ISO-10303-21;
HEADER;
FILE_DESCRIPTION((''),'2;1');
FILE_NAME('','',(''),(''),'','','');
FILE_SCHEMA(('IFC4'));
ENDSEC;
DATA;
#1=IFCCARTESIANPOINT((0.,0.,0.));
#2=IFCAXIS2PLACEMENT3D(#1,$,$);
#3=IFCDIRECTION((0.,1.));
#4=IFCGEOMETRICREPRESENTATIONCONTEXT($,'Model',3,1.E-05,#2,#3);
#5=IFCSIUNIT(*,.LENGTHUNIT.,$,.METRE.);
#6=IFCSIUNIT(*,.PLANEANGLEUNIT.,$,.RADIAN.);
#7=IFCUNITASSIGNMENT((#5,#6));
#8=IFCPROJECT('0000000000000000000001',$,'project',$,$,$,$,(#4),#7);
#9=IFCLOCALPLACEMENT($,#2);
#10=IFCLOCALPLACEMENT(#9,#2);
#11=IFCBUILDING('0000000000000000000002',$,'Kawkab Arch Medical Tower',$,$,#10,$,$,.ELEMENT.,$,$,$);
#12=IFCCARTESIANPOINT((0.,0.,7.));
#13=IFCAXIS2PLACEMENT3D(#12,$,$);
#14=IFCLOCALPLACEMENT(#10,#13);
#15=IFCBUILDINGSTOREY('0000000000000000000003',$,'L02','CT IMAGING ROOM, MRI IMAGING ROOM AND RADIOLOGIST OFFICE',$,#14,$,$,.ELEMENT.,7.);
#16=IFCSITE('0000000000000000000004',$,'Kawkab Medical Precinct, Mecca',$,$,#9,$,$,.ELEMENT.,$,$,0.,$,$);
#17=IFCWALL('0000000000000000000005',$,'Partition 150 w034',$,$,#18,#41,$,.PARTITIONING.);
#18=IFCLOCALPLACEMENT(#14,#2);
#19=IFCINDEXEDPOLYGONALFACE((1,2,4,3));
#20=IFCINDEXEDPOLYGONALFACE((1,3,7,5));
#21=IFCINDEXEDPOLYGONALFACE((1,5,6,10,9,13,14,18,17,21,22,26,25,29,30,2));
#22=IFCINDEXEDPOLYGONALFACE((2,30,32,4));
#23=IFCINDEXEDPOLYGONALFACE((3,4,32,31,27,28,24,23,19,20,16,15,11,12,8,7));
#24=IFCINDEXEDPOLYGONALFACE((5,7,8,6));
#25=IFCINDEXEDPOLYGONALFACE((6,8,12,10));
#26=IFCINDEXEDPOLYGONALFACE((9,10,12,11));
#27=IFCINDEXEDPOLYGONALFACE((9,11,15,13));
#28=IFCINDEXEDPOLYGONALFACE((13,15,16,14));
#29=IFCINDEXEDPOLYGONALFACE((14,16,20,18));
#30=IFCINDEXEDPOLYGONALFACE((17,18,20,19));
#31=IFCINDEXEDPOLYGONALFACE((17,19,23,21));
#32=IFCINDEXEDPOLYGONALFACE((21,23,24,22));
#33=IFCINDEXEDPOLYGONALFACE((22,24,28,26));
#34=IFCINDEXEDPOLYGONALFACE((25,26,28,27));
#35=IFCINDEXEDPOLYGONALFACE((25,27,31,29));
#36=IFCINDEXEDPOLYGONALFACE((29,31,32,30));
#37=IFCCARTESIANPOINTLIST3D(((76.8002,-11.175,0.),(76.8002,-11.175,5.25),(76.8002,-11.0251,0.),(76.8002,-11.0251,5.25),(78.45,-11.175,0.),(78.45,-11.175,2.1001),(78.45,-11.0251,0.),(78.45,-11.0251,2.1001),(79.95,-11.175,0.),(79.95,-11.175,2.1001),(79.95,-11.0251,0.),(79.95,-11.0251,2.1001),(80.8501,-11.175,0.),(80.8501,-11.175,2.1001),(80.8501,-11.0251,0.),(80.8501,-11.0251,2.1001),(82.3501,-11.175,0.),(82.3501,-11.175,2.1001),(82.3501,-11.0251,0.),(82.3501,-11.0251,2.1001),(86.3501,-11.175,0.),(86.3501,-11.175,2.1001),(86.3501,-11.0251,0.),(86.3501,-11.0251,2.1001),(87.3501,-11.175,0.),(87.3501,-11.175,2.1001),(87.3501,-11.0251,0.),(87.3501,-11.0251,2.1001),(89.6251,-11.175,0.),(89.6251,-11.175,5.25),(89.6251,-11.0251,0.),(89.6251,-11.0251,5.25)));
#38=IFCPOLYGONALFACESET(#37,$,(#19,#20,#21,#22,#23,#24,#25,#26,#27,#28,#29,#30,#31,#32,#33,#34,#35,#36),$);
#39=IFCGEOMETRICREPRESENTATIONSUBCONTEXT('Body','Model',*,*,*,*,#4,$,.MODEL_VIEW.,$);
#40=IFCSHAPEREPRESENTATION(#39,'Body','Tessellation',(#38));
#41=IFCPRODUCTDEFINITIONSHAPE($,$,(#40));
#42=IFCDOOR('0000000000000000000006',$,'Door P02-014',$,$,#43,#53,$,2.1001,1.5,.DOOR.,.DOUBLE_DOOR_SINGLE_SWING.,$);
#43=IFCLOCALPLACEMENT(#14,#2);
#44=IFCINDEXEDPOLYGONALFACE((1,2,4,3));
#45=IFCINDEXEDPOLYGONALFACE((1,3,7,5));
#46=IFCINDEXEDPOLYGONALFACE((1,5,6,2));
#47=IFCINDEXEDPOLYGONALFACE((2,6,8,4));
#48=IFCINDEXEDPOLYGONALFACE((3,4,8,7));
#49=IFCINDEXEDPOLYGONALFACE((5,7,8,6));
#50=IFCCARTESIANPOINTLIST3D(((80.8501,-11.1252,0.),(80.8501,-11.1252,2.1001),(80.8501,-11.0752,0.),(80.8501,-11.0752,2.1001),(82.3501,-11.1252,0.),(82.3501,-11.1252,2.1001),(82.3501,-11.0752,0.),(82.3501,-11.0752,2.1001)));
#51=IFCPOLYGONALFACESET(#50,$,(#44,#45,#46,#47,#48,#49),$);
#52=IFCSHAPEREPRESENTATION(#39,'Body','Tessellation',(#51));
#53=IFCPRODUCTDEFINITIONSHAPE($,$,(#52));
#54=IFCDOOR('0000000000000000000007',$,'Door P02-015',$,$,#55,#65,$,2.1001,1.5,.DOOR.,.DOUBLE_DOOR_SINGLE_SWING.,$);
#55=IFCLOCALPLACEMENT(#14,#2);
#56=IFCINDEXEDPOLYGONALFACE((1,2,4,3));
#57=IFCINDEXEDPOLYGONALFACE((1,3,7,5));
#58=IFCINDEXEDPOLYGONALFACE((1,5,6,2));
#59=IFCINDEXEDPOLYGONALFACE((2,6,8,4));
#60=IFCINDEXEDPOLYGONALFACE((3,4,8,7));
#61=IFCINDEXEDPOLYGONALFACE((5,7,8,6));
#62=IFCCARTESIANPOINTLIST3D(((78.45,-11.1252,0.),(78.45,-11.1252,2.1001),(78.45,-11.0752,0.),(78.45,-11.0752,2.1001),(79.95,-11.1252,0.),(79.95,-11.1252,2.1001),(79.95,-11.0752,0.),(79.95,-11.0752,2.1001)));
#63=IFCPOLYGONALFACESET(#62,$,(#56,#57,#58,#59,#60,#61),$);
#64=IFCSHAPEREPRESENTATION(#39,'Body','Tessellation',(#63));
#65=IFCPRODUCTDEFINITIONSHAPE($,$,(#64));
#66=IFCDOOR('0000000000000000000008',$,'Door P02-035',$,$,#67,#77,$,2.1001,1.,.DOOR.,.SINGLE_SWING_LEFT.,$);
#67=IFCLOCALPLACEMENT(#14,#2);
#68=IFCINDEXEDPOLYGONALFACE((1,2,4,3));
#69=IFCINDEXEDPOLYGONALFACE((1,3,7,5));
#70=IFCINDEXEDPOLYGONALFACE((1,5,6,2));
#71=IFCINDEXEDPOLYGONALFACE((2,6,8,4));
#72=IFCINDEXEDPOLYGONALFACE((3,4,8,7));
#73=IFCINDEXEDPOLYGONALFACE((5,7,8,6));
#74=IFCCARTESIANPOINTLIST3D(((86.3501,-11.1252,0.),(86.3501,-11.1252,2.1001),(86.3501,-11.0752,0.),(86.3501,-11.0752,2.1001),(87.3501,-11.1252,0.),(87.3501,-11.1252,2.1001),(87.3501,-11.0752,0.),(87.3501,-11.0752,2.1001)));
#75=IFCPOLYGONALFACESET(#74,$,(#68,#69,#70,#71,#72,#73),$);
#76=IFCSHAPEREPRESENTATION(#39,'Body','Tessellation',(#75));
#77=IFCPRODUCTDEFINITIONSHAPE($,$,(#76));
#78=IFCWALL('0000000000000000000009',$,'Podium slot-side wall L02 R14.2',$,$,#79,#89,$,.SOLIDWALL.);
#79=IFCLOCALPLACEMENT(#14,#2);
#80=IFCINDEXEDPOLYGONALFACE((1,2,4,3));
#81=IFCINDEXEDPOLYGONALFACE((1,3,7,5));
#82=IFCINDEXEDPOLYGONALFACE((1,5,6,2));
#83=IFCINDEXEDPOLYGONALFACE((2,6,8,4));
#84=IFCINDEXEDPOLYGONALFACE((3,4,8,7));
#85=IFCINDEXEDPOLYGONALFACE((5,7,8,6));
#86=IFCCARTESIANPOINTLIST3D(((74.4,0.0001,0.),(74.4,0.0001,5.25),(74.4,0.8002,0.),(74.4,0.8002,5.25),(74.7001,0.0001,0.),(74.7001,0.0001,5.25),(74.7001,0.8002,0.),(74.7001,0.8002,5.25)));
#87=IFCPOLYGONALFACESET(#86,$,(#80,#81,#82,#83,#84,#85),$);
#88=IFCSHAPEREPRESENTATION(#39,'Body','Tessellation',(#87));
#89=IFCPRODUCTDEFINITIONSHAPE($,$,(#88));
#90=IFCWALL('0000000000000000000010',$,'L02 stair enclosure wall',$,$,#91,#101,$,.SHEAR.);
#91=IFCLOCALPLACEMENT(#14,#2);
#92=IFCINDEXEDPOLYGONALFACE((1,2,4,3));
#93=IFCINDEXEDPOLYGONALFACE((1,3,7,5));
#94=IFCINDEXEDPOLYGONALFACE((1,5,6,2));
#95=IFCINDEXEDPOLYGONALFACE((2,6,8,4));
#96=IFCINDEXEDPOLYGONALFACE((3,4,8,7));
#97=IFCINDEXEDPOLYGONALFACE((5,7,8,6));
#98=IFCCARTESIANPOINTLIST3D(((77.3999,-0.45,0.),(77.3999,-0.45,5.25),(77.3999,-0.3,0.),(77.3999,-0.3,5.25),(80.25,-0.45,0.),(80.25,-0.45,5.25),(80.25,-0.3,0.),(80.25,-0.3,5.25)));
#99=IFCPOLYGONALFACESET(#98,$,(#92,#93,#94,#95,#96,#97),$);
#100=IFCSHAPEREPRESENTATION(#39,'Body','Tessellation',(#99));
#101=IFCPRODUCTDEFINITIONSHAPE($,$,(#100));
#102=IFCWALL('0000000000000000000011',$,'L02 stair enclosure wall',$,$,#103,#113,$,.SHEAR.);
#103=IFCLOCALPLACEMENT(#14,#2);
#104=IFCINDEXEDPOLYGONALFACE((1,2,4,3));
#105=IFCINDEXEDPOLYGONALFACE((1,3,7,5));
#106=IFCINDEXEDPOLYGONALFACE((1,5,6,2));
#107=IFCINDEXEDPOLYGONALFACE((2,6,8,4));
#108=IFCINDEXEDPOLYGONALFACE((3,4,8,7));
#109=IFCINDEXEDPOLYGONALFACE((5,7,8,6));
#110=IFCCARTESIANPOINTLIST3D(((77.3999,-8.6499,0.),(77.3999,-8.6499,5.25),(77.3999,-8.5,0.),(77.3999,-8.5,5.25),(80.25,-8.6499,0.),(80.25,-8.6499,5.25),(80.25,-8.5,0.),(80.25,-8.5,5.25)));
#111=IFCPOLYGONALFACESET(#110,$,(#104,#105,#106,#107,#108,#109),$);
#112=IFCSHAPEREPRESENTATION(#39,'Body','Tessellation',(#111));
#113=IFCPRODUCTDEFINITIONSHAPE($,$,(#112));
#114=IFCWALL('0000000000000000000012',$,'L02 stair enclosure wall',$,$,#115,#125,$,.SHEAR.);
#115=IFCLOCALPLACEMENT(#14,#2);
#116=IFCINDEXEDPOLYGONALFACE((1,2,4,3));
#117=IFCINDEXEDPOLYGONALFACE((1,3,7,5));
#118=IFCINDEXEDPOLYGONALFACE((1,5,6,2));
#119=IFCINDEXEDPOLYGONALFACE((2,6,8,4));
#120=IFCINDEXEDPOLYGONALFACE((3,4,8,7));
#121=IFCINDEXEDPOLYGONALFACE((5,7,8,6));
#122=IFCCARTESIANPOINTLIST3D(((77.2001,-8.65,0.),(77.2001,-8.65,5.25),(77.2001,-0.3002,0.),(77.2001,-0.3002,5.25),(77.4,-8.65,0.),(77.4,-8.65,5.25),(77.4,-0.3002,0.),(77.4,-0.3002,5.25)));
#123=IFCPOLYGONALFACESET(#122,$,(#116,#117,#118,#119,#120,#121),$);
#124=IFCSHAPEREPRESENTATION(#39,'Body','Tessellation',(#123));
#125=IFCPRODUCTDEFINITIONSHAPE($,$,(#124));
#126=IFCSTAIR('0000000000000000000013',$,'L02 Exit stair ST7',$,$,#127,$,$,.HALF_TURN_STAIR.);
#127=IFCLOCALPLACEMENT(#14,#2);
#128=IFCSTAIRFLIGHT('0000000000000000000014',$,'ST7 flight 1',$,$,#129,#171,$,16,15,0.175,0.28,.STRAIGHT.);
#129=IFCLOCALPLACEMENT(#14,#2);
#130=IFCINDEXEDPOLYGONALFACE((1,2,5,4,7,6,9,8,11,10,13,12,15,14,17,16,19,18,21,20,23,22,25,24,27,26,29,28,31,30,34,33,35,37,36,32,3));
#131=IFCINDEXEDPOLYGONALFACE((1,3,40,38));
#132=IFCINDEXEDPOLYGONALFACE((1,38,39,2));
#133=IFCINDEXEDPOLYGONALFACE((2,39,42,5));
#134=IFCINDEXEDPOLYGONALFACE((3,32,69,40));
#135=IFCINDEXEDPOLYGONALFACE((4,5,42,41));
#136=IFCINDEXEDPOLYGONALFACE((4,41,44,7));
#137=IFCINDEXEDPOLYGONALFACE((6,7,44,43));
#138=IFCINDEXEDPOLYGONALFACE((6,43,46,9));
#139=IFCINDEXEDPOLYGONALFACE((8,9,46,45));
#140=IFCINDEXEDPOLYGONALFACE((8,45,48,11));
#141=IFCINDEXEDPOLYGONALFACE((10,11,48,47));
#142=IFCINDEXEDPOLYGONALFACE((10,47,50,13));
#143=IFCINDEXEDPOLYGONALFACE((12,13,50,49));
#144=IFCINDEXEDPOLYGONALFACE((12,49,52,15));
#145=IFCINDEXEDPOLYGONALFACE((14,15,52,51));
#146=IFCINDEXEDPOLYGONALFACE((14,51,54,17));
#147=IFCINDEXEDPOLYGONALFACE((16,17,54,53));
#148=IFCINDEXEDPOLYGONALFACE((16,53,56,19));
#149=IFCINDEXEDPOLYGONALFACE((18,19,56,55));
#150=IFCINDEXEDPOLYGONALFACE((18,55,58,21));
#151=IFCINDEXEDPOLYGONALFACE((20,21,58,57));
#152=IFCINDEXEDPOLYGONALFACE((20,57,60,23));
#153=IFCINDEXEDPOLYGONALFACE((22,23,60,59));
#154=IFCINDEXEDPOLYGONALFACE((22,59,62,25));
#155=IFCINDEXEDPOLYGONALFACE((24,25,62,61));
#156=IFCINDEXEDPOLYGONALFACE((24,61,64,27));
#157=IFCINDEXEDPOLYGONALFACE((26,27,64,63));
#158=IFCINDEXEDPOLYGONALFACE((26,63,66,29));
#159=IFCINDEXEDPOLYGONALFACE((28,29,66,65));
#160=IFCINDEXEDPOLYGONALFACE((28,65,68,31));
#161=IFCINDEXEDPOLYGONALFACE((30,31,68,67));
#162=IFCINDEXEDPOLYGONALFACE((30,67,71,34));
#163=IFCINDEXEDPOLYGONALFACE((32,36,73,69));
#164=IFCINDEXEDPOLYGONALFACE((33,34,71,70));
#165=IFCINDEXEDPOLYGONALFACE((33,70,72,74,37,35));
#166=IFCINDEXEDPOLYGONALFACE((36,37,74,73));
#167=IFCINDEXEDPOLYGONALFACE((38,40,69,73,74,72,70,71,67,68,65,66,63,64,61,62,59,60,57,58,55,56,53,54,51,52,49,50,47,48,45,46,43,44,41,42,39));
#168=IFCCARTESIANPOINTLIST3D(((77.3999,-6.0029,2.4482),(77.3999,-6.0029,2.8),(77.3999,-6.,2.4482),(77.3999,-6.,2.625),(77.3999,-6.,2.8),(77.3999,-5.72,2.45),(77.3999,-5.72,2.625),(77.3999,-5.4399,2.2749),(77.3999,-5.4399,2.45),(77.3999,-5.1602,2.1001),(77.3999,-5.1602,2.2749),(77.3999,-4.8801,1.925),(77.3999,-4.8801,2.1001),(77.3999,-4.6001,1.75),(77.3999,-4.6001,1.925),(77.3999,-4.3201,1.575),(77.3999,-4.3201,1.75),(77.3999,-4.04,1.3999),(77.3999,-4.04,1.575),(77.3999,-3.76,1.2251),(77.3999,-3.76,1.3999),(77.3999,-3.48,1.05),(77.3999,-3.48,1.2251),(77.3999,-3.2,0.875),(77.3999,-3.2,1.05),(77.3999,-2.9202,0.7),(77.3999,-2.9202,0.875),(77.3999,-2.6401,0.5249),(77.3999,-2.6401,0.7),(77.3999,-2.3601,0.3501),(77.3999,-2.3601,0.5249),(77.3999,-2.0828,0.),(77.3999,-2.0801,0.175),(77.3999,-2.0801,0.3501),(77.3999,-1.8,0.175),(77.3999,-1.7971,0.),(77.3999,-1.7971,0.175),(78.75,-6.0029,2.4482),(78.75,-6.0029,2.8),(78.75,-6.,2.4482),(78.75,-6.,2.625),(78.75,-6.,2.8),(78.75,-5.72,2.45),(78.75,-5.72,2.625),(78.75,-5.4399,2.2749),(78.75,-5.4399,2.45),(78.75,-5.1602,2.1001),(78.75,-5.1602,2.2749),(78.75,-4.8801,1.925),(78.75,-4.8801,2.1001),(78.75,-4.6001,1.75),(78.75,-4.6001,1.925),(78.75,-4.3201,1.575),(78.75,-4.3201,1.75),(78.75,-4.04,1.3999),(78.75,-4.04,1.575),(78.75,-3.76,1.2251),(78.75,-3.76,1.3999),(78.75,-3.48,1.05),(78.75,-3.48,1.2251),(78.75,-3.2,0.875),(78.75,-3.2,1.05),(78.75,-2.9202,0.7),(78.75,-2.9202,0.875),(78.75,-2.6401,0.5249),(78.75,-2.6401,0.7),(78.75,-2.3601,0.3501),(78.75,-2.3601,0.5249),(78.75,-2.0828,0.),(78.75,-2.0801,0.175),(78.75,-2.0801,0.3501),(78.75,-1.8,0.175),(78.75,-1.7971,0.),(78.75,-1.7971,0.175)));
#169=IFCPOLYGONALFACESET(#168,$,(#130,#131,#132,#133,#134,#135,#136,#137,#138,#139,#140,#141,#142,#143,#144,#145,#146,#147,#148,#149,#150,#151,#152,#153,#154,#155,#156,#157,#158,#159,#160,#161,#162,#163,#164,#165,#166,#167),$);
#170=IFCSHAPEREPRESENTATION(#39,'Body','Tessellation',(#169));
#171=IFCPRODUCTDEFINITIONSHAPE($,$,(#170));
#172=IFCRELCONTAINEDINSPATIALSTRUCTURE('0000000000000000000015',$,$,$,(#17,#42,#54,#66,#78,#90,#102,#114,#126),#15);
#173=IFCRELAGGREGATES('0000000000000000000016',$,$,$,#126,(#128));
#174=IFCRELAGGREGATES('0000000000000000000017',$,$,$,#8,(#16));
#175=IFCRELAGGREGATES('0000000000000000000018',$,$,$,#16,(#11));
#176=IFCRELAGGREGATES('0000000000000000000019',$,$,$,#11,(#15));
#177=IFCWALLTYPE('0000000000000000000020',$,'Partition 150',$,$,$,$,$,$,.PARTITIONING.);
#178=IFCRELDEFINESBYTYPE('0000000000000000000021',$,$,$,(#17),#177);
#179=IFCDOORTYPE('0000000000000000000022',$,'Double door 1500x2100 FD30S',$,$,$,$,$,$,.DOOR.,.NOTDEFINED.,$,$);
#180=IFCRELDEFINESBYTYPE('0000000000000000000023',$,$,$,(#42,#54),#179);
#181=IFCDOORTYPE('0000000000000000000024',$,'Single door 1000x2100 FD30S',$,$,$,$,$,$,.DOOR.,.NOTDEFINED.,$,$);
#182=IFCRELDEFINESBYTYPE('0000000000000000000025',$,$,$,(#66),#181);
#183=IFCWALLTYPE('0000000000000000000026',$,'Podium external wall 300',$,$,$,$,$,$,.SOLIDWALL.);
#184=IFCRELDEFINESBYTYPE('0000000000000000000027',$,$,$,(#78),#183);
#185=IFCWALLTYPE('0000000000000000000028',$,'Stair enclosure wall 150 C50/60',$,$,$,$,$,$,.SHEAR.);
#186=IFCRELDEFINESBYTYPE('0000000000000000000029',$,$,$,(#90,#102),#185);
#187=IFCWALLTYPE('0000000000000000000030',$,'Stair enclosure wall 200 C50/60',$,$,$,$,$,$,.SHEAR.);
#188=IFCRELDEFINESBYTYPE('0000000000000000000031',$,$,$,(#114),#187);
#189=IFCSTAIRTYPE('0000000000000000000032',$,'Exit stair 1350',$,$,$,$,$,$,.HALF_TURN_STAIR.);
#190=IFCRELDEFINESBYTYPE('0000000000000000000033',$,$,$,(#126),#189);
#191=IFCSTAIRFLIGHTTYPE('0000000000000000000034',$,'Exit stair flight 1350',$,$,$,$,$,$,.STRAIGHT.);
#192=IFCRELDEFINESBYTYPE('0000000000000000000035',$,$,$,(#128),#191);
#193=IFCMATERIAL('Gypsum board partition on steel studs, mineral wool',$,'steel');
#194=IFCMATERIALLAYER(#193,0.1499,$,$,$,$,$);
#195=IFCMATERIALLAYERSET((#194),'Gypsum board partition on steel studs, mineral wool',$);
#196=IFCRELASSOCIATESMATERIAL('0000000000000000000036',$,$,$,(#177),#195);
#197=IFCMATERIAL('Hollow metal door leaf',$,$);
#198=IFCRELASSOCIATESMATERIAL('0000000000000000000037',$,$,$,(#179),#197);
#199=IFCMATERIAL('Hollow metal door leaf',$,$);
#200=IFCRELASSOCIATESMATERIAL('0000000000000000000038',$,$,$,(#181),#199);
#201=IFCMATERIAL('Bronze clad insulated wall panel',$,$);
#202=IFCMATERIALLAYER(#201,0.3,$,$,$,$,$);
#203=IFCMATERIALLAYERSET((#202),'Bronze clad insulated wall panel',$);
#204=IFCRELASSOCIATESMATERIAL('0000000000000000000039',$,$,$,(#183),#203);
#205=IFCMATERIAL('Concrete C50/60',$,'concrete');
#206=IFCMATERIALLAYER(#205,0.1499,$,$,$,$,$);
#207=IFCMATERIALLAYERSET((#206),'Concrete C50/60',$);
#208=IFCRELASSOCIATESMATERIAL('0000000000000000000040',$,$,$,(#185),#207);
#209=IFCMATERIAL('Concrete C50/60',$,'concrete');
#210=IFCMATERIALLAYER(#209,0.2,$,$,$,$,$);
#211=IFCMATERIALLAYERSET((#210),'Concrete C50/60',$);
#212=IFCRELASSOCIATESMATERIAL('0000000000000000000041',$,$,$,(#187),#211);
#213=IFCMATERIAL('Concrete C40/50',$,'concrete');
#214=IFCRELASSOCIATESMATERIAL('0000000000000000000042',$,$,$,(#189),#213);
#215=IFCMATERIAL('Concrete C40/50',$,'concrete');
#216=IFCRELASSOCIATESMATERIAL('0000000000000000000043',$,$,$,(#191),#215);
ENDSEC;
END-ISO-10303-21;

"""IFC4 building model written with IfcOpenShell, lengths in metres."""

from ifc_helpers import new_model, si_unit, direction, frame, frame_2d, origin, place, context, subcontext, project, spatial, polyline, rectangle, outline, extrude, material, layer, layer_set, type_object, element, fill, aggregate, save


model = new_model("IFC4")

# Units and contexts
model_context = context("Model", 3, precision=1e-05, world=origin(), true_north=direction((0.0, 1.0)))
body_context = subcontext(model_context, "Body", "Model", "MODEL_VIEW")
ifc_project = project(units=[si_unit("LENGTHUNIT", "METRE"), si_unit("PLANEANGLEUNIT", "RADIAN")], contexts=[model_context])

# Site, building, storey
site_placement = place(None, origin())
site = spatial("IfcSite", under=ifc_project, at=site_placement, Name="Kawkab Medical Precinct, Mecca", CompositionType="ELEMENT", RefElevation=0.0)
building_placement = place(site_placement, origin())
building = spatial("IfcBuilding", under=site, at=building_placement, Name="Kawkab Arch Medical Tower", CompositionType="ELEMENT")
storey_placement = place(building_placement, frame((0.0, 0.0, 7.0)))
storey = spatial("IfcBuildingStorey", under=building, at=storey_placement, Name="L02", Description="CT IMAGING ROOM, MRI IMAGING ROOM AND RADIOLOGIST OFFICE", CompositionType="ELEMENT", Elevation=7.0)

# Wall, openings, doors
ifc_material_1 = material(Name="Gypsum board partition on steel studs, mineral wool", Category="steel")
ifc_layer_1 = layer(ifc_material_1, 0.1499)
ifc_layer_set_1 = layer_set([ifc_layer_1], Name="Gypsum board partition on steel studs, mineral wool")
wall_type_1 = type_object("IfcWallType", Name="Partition 150", PredefinedType="PARTITIONING", material=ifc_layer_set_1)
wall_1_placement = place(storey_placement, frame((76.8, -11.1001, 0.0), z_axis=(0.0, 0.0, 1.0), x_axis=(1.0, 0.0, 0.0)))
wall_1 = element("IfcWall", 1, at=wall_1_placement, inside=storey, type_object=wall_type_1, Name="Partition 150 w034", PredefinedType="PARTITIONING", context=body_context, shape_type="SweptSolid", body=[
    extrude(rectangle(XDim=12.825, YDim=0.1499, at=frame_2d((6.4126, 0.0))), origin(), (0.0, 0.0, 1.0), 5.25),
])
opening_1_placement = place(wall_1_placement, frame((4.05, 0.0, 0.0)))
opening_1 = element("IfcOpeningElement", 2, at=opening_1_placement, cuts=wall_1, PredefinedType="OPENING", context=body_context, shape_type="SweptSolid", body=[
    extrude(rectangle(XDim=1.5, YDim=2.1001, at=frame_2d((0.75, 1.05))), frame((0.0, 0.085, 0.0), z_axis=(0.0, -1.0, 0.0), x_axis=(1.0, 0.0, 0.0)), (0.0, 0.0, 1.0), 0.1699),
])
opening_2_placement = place(wall_1_placement, frame((1.6499, 0.0, 0.0)))
opening_2 = element("IfcOpeningElement", 3, at=opening_2_placement, cuts=wall_1, PredefinedType="OPENING", context=body_context, shape_type="SweptSolid", body=[
    extrude(rectangle(XDim=1.5, YDim=2.1001, at=frame_2d((0.75, 1.05))), frame((0.0, 0.085, 0.0), z_axis=(0.0, -1.0, 0.0), x_axis=(1.0, 0.0, 0.0)), (0.0, 0.0, 1.0), 0.1699),
])
opening_3_placement = place(wall_1_placement, frame((9.55, 0.0, 0.0)))
opening_3 = element("IfcOpeningElement", 4, at=opening_3_placement, cuts=wall_1, PredefinedType="OPENING", context=body_context, shape_type="SweptSolid", body=[
    extrude(rectangle(XDim=1.0, YDim=2.1001, at=frame_2d((0.5, 1.05))), frame((0.0, 0.085, 0.0), z_axis=(0.0, -1.0, 0.0), x_axis=(1.0, 0.0, 0.0)), (0.0, 0.0, 1.0), 0.1699),
])
ifc_material_2 = material(Name="Hollow metal door leaf")
door_type_1 = type_object("IfcDoorType", Name="Double door 1500x2100 FD30S", OperationType="NOTDEFINED", PredefinedType="DOOR", material=ifc_material_2)
door_1_placement = place(opening_1_placement, origin())
door_1 = element("IfcDoor", 5, at=door_1_placement, inside=storey, type_object=door_type_1, Name="Door P02-014", OperationType="DOUBLE_DOOR_SINGLE_SWING", OverallHeight=2.1001, OverallWidth=1.5, PredefinedType="DOOR", context=body_context, shape_type="SweptSolid", body=[
    extrude(rectangle(XDim=1.5, YDim=2.1001, at=frame_2d((0.75, 1.05))), frame((0.0, 0.0249, 0.0), z_axis=(0.0, -1.0, 0.0), x_axis=(1.0, 0.0, 0.0)), (0.0, 0.0, 1.0), 0.05),
])
fill(opening_1, door_1)
door_2_placement = place(opening_2_placement, origin())
door_2 = element("IfcDoor", 6, at=door_2_placement, inside=storey, type_object=door_type_1, Name="Door P02-015", OperationType="DOUBLE_DOOR_SINGLE_SWING", OverallHeight=2.1001, OverallWidth=1.5, PredefinedType="DOOR", context=body_context, shape_type="SweptSolid", body=[
    extrude(rectangle(XDim=1.5, YDim=2.1001, at=frame_2d((0.75, 1.05))), frame((0.0, 0.0249, 0.0), z_axis=(0.0, -1.0, 0.0), x_axis=(1.0, 0.0, 0.0)), (0.0, 0.0, 1.0), 0.05),
])
fill(opening_2, door_2)
ifc_material_3 = material(Name="Hollow metal door leaf")
door_type_2 = type_object("IfcDoorType", Name="Single door 1000x2100 FD30S", OperationType="NOTDEFINED", PredefinedType="DOOR", material=ifc_material_3)
door_3_placement = place(opening_3_placement, origin())
door_3 = element("IfcDoor", 7, at=door_3_placement, inside=storey, type_object=door_type_2, Name="Door P02-035", OperationType="SINGLE_SWING_LEFT", OverallHeight=2.1001, OverallWidth=1.0, PredefinedType="DOOR", context=body_context, shape_type="SweptSolid", body=[
    extrude(rectangle(XDim=1.0, YDim=2.1001, at=frame_2d((0.5, 1.05))), frame((0.0, 0.0249, 0.0), z_axis=(0.0, -1.0, 0.0), x_axis=(1.0, 0.0, 0.0)), (0.0, 0.0, 1.0), 0.05),
])
fill(opening_3, door_3)

# Walls
ifc_material_4 = material(Name="Bronze clad insulated wall panel")
ifc_layer_2 = layer(ifc_material_4, 0.3)
ifc_layer_set_2 = layer_set([ifc_layer_2], Name="Bronze clad insulated wall panel")
wall_type_2 = type_object("IfcWallType", Name="Podium external wall 300", PredefinedType="SOLIDWALL", material=ifc_layer_set_2)
wall_2_placement = place(storey_placement, frame((74.55, 0.8, 0.0), z_axis=(0.0, 0.0, 1.0), x_axis=(0.0, -1.0, 0.0)))
element("IfcWall", 8, at=wall_2_placement, inside=storey, type_object=wall_type_2, Name="Podium slot-side wall L02 R14.2", PredefinedType="SOLIDWALL", context=body_context, shape_type="SweptSolid", body=[
    extrude(rectangle(XDim=0.8, YDim=0.3, at=frame_2d((0.3999, 0.0))), origin(), (0.0, 0.0, 1.0), 5.25),
])
ifc_material_5 = material(Name="Concrete C50/60", Category="concrete")
ifc_layer_3 = layer(ifc_material_5, 0.1499)
ifc_layer_set_3 = layer_set([ifc_layer_3], Name="Concrete C50/60")
wall_type_3 = type_object("IfcWallType", Name="Stair enclosure wall 150 C50/60", PredefinedType="SHEAR", material=ifc_layer_set_3)
for number, where, z_axis, x_axis, name in (
    (9, (77.3999, -0.375, 0.0), (0.0, 0.0, 1.0), (1.0, 0.0, 0.0), "L02 stair enclosure wall"),
    (10, (77.3999, -8.575, 0.0), (0.0, 0.0, 1.0), (1.0, 0.0, 0.0), "L02 stair enclosure wall"),
):
    element("IfcWall", number, at=place(storey_placement, frame(where, z_axis=z_axis, x_axis=x_axis)), inside=storey, type_object=wall_type_3, Name=name, PredefinedType="SHEAR", context=body_context, shape_type="SweptSolid", body=[
        extrude(rectangle(XDim=2.8501, YDim=0.1499, at=frame_2d((1.425, 0.0))), origin(), (0.0, 0.0, 1.0), 5.25),
    ])
ifc_material_6 = material(Name="Concrete C50/60", Category="concrete")
ifc_layer_4 = layer(ifc_material_6, 0.2)
ifc_layer_set_4 = layer_set([ifc_layer_4], Name="Concrete C50/60")
wall_type_4 = type_object("IfcWallType", Name="Stair enclosure wall 200 C50/60", PredefinedType="SHEAR", material=ifc_layer_set_4)
wall_3_placement = place(storey_placement, frame((77.3, -8.6499, 0.0), z_axis=(0.0, 0.0, 1.0), x_axis=(0.0, 1.0, 0.0)))
element("IfcWall", 11, at=wall_3_placement, inside=storey, type_object=wall_type_4, Name="L02 stair enclosure wall", PredefinedType="SHEAR", context=body_context, shape_type="SweptSolid", body=[
    extrude(rectangle(XDim=8.3499, YDim=0.2, at=frame_2d((4.1748, 0.0))), origin(), (0.0, 0.0, 1.0), 5.25),
])

# Stair, stair flight
ifc_material_7 = material(Name="Concrete C40/50", Category="concrete")
stair_type = type_object("IfcStairType", Name="Exit stair 1350", PredefinedType="HALF_TURN_STAIR", material=ifc_material_7)
stair_placement = place(storey_placement, origin())
stair = element("IfcStair", 12, at=stair_placement, inside=storey, type_object=stair_type, Name="L02 Exit stair ST7", PredefinedType="HALF_TURN_STAIR")
ifc_material_8 = material(Name="Concrete C40/50", Category="concrete")
stair_flight_type = type_object("IfcStairFlightType", Name="Exit stair flight 1350", PredefinedType="STRAIGHT", material=ifc_material_8)
stair_flight_placement = place(storey_placement, frame((78.075, -1.8, 0.0), z_axis=(0.0, 0.0, 1.0), x_axis=(0.0, -1.0, 0.0)))
stair_flight = element("IfcStairFlight", 13, at=stair_flight_placement, type_object=stair_flight_type, Name="ST7 flight 1", NumberOfRisers=16, NumberOfTreads=15, PredefinedType="STRAIGHT", RiserHeight=0.175, TreadLength=0.28, context=body_context, shape_type="SweptSolid", body=[
    extrude(outline(polyline([(-0.0029, 0.0), (-0.0029, 0.175), (0.0, 0.175), (0.28, 0.175), (0.28, 0.3501), (0.5601, 0.3501), (0.5601, 0.5249), (0.8401, 0.5249), (0.8401, 0.7), (1.1201, 0.7), (1.1201, 0.875), (1.3999, 0.875), (1.3999, 1.05), (1.6799, 1.05), (1.6799, 1.2251), (1.96, 1.2251), (1.96, 1.3999), (2.24, 1.3999), (2.24, 1.575), (2.52, 1.575), (2.52, 1.75), (2.8, 1.75), (2.8, 1.925), (3.0801, 1.925), (3.0801, 2.1001), (3.3601, 2.1001), (3.3601, 2.2749), (3.6399, 2.2749), (3.6399, 2.45), (3.9199, 2.45), (3.9199, 2.625), (4.2, 2.625), (4.2, 2.8), (4.2029, 2.8), (4.2029, 2.4482), (4.2, 2.4482), (0.2827, 0.0), (-0.0029, 0.0)])), frame((0.0, 0.675, 0.0), z_axis=(0.0, -1.0, 0.0), x_axis=(1.0, 0.0, 0.0)), (0.0, 0.0, 1.0), 1.3501),
])
aggregate(stair, [stair_flight])

save(model, "model.ifc")
